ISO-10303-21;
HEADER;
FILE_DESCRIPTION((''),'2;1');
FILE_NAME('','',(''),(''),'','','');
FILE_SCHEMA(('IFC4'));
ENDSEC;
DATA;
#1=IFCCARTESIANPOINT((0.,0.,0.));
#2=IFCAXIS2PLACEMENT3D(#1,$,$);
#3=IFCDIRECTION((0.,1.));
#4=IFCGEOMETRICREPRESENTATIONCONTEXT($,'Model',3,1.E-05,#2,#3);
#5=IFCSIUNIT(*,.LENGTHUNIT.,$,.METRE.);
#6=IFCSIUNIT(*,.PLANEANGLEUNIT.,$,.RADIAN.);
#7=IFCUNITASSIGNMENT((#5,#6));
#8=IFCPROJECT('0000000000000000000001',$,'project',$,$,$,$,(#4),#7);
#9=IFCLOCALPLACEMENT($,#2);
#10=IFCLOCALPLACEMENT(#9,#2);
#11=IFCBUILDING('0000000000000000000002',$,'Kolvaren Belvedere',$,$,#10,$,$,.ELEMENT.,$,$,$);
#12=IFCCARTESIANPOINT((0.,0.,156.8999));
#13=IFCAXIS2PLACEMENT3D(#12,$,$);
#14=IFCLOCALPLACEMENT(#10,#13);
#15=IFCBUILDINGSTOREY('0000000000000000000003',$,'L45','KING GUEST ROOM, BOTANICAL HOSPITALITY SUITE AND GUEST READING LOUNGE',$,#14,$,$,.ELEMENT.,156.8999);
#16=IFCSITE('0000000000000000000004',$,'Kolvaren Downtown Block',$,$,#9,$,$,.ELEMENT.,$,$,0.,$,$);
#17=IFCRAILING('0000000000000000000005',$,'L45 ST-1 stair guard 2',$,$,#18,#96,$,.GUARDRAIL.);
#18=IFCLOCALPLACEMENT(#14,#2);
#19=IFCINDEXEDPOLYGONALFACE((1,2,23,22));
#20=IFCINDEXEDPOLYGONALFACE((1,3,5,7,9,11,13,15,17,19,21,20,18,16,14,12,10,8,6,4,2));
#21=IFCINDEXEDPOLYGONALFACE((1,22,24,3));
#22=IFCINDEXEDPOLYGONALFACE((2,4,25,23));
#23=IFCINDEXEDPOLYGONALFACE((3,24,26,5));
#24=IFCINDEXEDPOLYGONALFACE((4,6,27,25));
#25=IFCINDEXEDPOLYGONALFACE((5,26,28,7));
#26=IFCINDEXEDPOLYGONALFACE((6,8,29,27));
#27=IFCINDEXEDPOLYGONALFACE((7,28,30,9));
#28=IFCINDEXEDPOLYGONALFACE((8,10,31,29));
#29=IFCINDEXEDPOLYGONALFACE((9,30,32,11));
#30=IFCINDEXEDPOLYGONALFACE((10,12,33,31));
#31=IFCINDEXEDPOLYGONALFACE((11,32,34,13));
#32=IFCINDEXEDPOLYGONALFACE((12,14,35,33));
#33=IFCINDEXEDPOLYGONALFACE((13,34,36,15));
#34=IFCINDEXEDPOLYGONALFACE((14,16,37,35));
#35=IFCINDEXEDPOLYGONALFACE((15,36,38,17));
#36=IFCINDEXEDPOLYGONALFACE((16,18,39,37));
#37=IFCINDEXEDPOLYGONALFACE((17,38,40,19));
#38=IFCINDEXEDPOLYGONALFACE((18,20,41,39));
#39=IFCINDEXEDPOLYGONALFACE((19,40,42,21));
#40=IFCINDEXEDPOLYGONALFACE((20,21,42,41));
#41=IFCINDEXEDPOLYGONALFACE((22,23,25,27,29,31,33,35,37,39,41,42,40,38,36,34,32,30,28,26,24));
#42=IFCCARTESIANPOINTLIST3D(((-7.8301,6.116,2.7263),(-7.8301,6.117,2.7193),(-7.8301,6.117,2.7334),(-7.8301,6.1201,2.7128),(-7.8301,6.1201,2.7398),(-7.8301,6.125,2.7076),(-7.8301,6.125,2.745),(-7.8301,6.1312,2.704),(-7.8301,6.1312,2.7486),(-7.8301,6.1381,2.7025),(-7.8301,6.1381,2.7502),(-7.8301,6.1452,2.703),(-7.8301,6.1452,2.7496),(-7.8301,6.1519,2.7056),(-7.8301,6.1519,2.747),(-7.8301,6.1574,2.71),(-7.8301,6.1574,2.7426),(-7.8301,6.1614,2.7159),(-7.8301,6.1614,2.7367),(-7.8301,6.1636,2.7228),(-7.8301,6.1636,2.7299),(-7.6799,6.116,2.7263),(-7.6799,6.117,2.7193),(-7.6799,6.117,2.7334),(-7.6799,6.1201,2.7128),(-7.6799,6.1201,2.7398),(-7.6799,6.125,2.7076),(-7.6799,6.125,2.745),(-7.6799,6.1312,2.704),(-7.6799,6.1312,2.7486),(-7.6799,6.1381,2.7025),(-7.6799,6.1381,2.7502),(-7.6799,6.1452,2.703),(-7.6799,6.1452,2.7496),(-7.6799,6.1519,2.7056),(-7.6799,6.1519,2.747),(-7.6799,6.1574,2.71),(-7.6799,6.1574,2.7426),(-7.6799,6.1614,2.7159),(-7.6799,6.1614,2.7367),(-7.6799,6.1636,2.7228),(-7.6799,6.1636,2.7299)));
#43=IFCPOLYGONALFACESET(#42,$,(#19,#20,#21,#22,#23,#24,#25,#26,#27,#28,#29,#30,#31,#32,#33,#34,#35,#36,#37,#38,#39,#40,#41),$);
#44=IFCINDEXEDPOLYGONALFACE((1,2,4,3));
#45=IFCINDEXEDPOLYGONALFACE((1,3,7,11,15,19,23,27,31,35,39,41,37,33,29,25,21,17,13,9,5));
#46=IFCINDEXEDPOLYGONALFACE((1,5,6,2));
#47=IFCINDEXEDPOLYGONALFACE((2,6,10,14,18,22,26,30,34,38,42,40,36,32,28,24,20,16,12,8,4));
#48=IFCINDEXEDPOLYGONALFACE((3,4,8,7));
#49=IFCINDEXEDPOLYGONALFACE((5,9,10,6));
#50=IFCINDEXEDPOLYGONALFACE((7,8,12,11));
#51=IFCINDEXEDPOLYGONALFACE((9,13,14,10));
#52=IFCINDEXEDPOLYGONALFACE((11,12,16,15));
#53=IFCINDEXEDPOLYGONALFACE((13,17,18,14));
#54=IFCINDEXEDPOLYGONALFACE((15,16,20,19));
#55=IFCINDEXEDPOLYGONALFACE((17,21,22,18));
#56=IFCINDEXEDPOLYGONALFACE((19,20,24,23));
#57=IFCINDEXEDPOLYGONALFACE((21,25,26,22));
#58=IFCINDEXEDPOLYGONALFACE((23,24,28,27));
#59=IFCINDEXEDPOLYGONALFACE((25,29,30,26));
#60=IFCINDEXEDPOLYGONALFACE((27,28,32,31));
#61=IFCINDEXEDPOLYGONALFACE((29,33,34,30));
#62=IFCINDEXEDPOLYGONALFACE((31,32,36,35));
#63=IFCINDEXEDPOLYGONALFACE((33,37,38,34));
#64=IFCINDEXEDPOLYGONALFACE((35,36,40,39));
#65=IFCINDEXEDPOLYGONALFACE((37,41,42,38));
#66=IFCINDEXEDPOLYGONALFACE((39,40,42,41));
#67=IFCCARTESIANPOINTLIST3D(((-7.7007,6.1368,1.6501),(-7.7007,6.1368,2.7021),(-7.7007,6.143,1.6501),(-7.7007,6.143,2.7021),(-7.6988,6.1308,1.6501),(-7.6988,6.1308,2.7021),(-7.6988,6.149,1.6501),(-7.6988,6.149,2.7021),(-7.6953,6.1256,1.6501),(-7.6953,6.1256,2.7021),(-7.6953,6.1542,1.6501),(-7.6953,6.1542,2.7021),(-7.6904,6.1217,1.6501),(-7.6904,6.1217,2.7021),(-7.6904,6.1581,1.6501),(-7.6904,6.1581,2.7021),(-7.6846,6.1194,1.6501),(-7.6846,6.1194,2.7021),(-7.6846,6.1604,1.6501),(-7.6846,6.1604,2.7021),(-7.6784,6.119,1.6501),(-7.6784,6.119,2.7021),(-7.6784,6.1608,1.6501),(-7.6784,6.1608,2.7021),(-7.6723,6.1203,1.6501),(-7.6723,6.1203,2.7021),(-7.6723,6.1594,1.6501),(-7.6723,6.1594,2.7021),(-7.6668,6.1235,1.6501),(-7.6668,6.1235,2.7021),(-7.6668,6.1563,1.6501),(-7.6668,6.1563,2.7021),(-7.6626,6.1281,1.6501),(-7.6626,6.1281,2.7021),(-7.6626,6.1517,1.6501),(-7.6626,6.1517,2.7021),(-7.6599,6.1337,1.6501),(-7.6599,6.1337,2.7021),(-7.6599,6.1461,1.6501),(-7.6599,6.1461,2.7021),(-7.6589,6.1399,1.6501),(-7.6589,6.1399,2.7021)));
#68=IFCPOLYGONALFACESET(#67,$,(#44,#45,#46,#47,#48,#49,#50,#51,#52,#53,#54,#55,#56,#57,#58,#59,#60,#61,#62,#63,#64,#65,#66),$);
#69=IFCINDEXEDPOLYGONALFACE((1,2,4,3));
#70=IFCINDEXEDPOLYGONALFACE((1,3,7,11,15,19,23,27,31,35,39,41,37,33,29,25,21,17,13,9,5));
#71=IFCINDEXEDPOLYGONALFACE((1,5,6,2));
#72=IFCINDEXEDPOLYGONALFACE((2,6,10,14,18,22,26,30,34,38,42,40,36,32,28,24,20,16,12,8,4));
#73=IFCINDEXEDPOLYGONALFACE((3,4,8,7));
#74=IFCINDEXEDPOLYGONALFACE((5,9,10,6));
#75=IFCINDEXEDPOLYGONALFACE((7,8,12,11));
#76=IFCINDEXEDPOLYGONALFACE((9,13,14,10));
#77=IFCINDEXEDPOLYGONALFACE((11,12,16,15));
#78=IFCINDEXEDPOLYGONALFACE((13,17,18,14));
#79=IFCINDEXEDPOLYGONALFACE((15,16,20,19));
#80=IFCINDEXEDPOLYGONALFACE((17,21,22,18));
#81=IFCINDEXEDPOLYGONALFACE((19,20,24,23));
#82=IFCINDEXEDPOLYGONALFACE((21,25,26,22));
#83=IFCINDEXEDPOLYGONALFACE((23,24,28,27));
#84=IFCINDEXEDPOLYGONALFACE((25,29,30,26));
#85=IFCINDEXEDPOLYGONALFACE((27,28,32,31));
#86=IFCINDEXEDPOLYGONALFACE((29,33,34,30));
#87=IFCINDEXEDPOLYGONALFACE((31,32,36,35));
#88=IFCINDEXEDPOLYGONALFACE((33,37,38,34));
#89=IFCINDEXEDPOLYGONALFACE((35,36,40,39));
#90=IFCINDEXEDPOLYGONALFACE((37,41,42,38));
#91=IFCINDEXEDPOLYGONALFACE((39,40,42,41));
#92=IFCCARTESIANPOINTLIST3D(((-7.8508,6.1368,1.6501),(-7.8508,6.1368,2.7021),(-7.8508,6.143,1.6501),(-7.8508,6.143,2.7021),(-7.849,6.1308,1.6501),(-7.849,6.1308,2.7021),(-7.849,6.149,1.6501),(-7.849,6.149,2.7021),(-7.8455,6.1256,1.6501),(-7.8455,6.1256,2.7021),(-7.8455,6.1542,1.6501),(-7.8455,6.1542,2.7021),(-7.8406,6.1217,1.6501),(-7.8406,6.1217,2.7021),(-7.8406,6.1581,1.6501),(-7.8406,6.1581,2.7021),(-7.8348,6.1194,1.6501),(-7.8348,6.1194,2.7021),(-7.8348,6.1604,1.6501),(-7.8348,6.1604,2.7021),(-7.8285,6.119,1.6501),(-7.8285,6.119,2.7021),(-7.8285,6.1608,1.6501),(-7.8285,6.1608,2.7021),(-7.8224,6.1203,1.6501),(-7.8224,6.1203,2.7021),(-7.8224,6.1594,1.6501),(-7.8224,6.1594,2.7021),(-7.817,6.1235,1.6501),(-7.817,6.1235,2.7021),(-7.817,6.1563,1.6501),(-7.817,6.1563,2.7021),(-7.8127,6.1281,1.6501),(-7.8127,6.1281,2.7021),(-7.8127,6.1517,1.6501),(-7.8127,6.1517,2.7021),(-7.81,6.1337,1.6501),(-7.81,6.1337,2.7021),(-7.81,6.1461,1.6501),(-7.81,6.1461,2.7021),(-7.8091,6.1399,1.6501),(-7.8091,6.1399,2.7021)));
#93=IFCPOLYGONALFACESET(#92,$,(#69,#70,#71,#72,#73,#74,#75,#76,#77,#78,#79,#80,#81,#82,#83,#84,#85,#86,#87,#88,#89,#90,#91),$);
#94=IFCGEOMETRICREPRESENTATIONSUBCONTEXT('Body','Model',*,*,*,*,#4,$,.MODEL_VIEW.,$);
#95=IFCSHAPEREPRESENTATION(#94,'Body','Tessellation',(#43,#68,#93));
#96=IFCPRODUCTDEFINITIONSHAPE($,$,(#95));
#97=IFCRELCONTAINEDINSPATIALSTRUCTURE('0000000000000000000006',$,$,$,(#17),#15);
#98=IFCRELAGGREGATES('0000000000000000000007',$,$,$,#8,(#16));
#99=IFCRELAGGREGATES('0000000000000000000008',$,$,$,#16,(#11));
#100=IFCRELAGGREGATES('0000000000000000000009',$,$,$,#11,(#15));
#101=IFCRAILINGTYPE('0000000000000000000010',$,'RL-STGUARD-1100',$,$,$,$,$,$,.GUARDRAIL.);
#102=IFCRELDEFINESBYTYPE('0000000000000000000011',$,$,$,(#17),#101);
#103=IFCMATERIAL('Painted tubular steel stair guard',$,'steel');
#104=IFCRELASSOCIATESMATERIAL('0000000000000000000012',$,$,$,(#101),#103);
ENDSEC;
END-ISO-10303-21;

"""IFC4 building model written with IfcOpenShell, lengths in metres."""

from ifc_helpers import new_model, si_unit, direction, frame, origin, origin_2d, place, context, subcontext, project, spatial, circle, extrude, material, type_object, element, save


model = new_model("IFC4")

# Units and contexts
model_context = context("Model", 3, precision=1e-05, world=origin(), true_north=direction((0.0, 1.0)))
body_context = subcontext(model_context, "Body", "Model", "MODEL_VIEW")
ifc_project = project(units=[si_unit("LENGTHUNIT", "METRE"), si_unit("PLANEANGLEUNIT", "RADIAN")], contexts=[model_context])

# Site, building, storey
site_placement = place(None, origin())
site = spatial("IfcSite", under=ifc_project, at=site_placement, Name="Kolvaren Downtown Block", CompositionType="ELEMENT", RefElevation=0.0)
building_placement = place(site_placement, origin())
building = spatial("IfcBuilding", under=site, at=building_placement, Name="Kolvaren Belvedere", CompositionType="ELEMENT")
storey_placement = place(building_placement, frame((0.0, 0.0, 156.8999)))
storey = spatial("IfcBuildingStorey", under=building, at=storey_placement, Name="L45", Description="KING GUEST ROOM, BOTANICAL HOSPITALITY SUITE AND GUEST READING LOUNGE", CompositionType="ELEMENT", Elevation=156.8999)

# Railing
ifc_material_1 = material(Name="Painted tubular steel stair guard", Category="steel")
railing_type_1 = type_object("IfcRailingType", Name="RL-STGUARD-1100", PredefinedType="GUARDRAIL", material=ifc_material_1)
railing_1_placement = place(storey_placement, frame((-7.6799, 6.1399, 1.6501)))
element("IfcRailing", 1, at=railing_1_placement, inside=storey, type_object=railing_type_1, Name="L45 ST-1 stair guard 2", PredefinedType="GUARDRAIL", context=body_context, shape_type="SweptSolid", body=[
    extrude(circle(Radius=0.0239, at=origin_2d()), frame((0.0, 0.0, 1.0762), z_axis=(-1.0, 0.0, 0.0), x_axis=(0.0, -1.0, 0.0)), (0.0, 0.0, 1.0), 0.1501),
    extrude(circle(Radius=0.021, at=origin_2d()), origin(), (0.0, 0.0, 1.0), 1.052),
    extrude(circle(Radius=0.021, at=origin_2d()), frame((-0.1501, 0.0, 0.0)), (0.0, 0.0, 1.0), 1.052),
])

save(model, "model.ifc")
